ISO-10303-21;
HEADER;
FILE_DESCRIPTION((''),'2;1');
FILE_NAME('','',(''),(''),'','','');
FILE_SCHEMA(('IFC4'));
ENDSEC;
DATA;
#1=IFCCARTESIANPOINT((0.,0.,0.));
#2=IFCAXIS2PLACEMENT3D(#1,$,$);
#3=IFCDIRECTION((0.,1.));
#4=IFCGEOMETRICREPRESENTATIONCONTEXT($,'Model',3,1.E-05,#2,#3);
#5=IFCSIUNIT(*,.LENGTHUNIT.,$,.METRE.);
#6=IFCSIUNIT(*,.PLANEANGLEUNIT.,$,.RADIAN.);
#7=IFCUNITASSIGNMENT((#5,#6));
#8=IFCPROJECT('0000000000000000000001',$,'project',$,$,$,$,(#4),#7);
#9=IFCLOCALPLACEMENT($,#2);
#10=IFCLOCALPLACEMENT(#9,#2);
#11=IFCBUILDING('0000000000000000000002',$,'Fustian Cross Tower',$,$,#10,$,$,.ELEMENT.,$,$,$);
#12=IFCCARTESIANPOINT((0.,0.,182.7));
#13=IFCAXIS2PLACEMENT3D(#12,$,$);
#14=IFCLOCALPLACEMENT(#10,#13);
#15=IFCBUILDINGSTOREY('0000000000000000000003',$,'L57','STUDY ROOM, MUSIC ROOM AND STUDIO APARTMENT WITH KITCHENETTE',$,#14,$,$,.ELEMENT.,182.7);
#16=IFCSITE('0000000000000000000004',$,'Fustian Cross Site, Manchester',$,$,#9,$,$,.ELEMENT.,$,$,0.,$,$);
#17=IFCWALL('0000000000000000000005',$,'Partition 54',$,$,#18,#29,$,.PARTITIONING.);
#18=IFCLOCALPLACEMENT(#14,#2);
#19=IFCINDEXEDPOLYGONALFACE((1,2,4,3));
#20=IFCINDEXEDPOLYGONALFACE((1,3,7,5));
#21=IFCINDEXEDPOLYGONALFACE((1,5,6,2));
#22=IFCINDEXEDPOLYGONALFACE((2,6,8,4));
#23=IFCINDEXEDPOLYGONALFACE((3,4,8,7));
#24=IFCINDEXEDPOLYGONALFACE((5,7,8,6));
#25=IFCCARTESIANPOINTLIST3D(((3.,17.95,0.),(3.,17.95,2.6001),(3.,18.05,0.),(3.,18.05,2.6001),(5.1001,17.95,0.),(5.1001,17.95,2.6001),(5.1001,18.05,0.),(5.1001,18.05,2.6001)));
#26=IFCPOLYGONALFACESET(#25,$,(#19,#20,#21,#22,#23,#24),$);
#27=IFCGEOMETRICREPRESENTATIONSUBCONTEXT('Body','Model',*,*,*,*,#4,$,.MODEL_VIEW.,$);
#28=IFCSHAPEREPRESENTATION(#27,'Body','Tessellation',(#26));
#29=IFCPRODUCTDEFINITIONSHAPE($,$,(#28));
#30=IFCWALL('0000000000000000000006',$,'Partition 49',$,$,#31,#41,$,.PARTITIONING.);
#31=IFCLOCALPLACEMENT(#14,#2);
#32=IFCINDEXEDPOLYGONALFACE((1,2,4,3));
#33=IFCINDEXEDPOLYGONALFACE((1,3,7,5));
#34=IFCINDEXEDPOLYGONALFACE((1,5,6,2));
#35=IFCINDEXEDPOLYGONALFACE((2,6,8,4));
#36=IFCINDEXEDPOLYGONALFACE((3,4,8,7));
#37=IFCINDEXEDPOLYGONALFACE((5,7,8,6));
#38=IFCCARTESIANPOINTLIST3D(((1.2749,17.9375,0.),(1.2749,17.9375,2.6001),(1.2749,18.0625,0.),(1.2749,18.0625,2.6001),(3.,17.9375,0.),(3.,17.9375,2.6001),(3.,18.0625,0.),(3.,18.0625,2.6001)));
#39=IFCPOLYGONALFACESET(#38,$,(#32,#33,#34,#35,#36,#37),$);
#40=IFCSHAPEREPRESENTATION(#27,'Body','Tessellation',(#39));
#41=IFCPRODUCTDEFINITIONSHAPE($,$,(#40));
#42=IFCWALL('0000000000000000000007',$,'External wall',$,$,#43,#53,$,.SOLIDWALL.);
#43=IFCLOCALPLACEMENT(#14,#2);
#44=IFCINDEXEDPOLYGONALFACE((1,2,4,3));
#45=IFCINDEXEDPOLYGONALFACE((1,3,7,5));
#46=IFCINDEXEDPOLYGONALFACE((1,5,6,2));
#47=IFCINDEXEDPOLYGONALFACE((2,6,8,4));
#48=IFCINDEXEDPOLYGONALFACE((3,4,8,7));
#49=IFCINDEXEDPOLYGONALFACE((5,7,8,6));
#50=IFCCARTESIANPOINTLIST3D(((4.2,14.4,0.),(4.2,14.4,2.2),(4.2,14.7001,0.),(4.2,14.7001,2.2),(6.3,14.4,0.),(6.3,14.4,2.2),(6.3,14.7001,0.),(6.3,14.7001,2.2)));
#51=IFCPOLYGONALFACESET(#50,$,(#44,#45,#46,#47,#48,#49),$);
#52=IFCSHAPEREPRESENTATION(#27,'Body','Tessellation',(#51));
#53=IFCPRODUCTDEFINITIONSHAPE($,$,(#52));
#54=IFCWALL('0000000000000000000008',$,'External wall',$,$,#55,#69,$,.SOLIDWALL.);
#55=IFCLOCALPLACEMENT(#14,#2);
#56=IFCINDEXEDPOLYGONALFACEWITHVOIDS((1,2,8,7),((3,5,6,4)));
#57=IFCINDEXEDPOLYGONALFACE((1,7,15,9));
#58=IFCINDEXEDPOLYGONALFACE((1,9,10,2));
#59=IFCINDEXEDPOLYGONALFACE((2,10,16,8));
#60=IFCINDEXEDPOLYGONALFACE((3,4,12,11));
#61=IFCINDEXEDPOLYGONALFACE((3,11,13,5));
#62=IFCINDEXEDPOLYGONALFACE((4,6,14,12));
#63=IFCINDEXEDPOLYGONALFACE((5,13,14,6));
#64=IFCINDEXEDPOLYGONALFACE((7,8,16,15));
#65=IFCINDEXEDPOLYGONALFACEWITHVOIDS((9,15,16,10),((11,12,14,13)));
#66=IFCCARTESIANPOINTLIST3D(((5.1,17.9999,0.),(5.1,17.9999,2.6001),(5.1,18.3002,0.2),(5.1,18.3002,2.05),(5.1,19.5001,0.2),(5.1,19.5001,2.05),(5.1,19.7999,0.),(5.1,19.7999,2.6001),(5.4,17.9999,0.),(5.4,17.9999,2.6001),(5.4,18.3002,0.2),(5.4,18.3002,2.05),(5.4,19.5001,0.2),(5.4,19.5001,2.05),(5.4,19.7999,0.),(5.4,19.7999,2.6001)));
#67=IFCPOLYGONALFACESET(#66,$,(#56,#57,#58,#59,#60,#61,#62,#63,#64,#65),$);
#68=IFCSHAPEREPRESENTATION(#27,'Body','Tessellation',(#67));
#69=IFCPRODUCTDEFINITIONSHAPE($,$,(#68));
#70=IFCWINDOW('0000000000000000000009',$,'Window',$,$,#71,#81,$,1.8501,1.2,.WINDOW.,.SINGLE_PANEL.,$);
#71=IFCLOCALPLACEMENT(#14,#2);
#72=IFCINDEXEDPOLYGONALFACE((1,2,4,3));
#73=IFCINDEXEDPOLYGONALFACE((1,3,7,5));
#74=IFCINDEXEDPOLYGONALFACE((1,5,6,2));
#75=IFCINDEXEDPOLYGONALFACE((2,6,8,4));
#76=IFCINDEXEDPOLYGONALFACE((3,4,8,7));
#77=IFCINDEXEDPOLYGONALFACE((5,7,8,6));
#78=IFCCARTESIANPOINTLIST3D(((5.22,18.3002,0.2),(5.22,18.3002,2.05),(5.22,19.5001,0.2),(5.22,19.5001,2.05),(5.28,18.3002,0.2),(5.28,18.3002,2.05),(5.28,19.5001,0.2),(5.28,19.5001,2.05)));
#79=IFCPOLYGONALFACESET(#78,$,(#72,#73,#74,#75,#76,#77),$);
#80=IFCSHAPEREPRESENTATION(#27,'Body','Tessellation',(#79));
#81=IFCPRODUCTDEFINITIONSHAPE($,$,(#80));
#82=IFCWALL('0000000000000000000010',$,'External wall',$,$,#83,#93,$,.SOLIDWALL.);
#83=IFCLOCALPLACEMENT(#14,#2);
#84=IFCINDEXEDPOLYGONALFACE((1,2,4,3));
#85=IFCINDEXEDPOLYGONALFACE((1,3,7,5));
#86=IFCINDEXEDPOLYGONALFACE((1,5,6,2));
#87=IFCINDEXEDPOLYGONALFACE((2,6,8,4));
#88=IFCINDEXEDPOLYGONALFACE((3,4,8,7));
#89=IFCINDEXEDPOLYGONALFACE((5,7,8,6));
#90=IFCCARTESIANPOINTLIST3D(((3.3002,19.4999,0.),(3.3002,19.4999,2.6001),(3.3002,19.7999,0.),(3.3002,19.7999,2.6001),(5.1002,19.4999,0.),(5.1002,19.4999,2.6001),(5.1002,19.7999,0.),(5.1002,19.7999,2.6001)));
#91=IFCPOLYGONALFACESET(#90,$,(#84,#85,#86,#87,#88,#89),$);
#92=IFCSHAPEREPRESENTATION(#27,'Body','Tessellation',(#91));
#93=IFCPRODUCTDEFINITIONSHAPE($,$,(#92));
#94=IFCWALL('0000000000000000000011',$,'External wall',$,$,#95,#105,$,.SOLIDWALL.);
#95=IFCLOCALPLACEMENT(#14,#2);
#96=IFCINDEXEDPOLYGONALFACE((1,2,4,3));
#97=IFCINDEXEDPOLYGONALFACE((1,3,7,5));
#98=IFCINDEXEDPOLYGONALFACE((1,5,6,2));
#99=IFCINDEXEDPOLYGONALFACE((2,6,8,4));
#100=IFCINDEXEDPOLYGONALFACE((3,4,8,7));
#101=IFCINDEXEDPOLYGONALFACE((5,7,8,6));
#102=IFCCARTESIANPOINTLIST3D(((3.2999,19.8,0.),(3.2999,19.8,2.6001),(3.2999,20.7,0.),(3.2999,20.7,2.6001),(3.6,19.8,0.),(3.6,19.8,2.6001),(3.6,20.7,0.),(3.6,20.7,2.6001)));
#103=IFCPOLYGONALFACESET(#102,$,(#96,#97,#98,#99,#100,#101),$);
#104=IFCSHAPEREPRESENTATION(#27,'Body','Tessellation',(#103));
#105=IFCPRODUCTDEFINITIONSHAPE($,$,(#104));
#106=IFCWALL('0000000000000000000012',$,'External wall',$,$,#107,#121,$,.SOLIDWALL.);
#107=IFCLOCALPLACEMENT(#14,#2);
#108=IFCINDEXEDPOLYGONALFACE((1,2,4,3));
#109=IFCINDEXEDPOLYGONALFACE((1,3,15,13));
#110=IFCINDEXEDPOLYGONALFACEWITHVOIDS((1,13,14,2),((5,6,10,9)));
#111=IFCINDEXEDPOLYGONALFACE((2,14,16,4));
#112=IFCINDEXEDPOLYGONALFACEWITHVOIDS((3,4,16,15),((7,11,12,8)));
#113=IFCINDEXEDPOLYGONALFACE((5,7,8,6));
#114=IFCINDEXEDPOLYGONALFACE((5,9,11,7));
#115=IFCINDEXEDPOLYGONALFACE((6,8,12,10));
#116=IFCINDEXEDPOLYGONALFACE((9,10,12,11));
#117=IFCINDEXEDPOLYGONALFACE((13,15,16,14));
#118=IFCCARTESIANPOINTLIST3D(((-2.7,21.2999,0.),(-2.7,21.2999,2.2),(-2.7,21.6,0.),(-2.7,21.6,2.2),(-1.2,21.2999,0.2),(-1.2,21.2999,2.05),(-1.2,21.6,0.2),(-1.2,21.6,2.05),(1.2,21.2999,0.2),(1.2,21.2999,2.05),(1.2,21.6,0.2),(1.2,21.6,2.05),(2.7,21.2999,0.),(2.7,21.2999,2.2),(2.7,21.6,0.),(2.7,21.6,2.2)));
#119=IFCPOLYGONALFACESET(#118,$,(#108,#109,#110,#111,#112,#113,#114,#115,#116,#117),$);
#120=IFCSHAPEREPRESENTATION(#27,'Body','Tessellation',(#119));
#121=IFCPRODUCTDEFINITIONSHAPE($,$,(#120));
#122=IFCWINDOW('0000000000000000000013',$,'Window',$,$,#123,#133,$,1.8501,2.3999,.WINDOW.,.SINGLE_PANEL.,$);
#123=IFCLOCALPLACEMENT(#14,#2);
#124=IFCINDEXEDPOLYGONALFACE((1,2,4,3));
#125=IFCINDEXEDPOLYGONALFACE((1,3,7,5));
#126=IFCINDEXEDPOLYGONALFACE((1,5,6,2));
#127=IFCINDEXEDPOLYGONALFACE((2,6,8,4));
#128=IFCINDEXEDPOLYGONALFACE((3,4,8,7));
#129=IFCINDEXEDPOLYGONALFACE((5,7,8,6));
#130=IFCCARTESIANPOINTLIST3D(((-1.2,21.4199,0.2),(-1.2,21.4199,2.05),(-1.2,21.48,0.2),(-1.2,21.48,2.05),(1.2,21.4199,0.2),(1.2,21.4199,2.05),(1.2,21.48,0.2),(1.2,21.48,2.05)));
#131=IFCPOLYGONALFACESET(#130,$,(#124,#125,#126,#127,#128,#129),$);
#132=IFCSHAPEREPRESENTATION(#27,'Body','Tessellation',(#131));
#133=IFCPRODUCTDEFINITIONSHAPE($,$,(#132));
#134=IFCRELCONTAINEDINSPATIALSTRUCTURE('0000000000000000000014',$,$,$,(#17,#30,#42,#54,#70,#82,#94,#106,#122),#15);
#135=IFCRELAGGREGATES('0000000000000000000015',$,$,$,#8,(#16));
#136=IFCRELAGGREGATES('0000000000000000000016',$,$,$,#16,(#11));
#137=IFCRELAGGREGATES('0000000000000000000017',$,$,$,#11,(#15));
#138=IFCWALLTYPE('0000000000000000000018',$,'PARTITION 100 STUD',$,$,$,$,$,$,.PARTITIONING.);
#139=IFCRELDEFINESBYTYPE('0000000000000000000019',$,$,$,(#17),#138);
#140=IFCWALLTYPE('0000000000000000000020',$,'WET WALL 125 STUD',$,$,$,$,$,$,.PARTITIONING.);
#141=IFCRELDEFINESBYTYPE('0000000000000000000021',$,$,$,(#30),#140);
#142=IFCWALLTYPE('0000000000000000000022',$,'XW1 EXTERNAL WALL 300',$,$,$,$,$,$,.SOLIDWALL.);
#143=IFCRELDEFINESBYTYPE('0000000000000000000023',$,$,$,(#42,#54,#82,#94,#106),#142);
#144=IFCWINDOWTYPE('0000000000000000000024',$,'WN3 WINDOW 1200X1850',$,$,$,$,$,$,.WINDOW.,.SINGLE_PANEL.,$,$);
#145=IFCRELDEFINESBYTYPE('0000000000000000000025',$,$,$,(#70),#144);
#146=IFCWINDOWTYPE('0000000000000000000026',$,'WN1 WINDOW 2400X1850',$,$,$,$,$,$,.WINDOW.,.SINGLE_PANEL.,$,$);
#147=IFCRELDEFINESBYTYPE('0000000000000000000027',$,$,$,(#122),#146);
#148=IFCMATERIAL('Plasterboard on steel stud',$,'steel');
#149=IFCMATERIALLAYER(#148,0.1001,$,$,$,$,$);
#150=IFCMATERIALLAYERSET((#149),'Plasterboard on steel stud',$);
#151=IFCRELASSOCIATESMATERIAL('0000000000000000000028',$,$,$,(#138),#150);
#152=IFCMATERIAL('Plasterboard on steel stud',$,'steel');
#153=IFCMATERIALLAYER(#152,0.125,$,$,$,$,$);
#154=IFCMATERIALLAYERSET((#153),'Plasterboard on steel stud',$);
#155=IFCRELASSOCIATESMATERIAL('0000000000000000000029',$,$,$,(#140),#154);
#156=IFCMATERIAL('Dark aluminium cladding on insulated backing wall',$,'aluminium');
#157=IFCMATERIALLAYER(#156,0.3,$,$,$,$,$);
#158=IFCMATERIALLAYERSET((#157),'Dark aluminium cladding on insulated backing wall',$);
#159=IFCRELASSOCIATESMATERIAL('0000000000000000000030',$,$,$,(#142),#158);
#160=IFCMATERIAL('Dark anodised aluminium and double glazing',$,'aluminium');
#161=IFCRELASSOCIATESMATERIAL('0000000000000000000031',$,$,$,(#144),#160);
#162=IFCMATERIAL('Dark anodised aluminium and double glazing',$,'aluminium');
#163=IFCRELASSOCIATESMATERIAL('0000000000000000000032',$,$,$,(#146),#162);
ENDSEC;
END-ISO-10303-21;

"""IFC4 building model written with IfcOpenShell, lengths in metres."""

from ifc_helpers import new_model, si_unit, direction, frame, frame_2d, origin, place, context, subcontext, project, spatial, rectangle, extrude, material, layer, layer_set, type_object, element, fill, save


model = new_model("IFC4")

# Units and contexts
model_context = context("Model", 3, precision=1e-05, world=origin(), true_north=direction((0.0, 1.0)))
body_context = subcontext(model_context, "Body", "Model", "MODEL_VIEW")
ifc_project = project(units=[si_unit("LENGTHUNIT", "METRE"), si_unit("PLANEANGLEUNIT", "RADIAN")], contexts=[model_context])

# Site, building, storey
site_placement = place(None, origin())
site = spatial("IfcSite", under=ifc_project, at=site_placement, Name="Fustian Cross Site, Manchester", CompositionType="ELEMENT", RefElevation=0.0)
building_placement = place(site_placement, origin())
building = spatial("IfcBuilding", under=site, at=building_placement, Name="Fustian Cross Tower", CompositionType="ELEMENT")
storey_placement = place(building_placement, frame((0.0, 0.0, 182.7)))
storey = spatial("IfcBuildingStorey", under=building, at=storey_placement, Name="L57", Description="STUDY ROOM, MUSIC ROOM AND STUDIO APARTMENT WITH KITCHENETTE", CompositionType="ELEMENT", Elevation=182.7)

# Shared definitions
ifc_material_1 = material(Name="Plasterboard on steel stud", Category="steel")
ifc_layer_1 = layer(ifc_material_1, 0.1001)
ifc_layer_set_1 = layer_set([ifc_layer_1], Name="Plasterboard on steel stud")
wall_type_1 = type_object("IfcWallType", Name="PARTITION 100 STUD", PredefinedType="PARTITIONING", material=ifc_layer_set_1)

# Walls
wall_1_placement = place(storey_placement, frame((3.0, 18.0, 0.0), z_axis=(0.0, 0.0, 1.0), x_axis=(1.0, 0.0, 0.0)))
element("IfcWall", 1, at=wall_1_placement, inside=storey, type_object=wall_type_1, Name="Partition 54", PredefinedType="PARTITIONING", context=body_context, shape_type="SweptSolid", body=[
    extrude(rectangle(XDim=2.1001, YDim=0.1001, at=frame_2d((1.05, 0.0))), origin(), (0.0, 0.0, 1.0), 2.6001),
])
ifc_material_2 = material(Name="Plasterboard on steel stud", Category="steel")
ifc_layer_2 = layer(ifc_material_2, 0.125)
ifc_layer_set_2 = layer_set([ifc_layer_2], Name="Plasterboard on steel stud")
wall_type_2 = type_object("IfcWallType", Name="WET WALL 125 STUD", PredefinedType="PARTITIONING", material=ifc_layer_set_2)
wall_2_placement = place(storey_placement, frame((1.2749, 18.0, 0.0), z_axis=(0.0, 0.0, 1.0), x_axis=(1.0, 0.0, 0.0)))
element("IfcWall", 2, at=wall_2_placement, inside=storey, type_object=wall_type_2, Name="Partition 49", PredefinedType="PARTITIONING", context=body_context, shape_type="SweptSolid", body=[
    extrude(rectangle(XDim=1.7251, YDim=0.125, at=frame_2d((0.8625, 0.0))), origin(), (0.0, 0.0, 1.0), 2.6001),
])
ifc_material_3 = material(Name="Dark aluminium cladding on insulated backing wall", Category="aluminium")
ifc_layer_3 = layer(ifc_material_3, 0.3)
ifc_layer_set_3 = layer_set([ifc_layer_3], Name="Dark aluminium cladding on insulated backing wall")
wall_type_3 = type_object("IfcWallType", Name="XW1 EXTERNAL WALL 300", PredefinedType="SOLIDWALL", material=ifc_layer_set_3)
wall_3_placement = place(storey_placement, frame((4.2, 14.55, 0.0), z_axis=(0.0, 0.0, 1.0), x_axis=(1.0, 0.0, 0.0)))
element("IfcWall", 3, at=wall_3_placement, inside=storey, type_object=wall_type_3, Name="External wall", PredefinedType="SOLIDWALL", context=body_context, shape_type="SweptSolid", body=[
    extrude(rectangle(XDim=2.1001, YDim=0.3, at=frame_2d((1.05, 0.0))), origin(), (0.0, 0.0, 1.0), 2.2),
])

# Wall, opening, window
wall_4_placement = place(storey_placement, frame((5.25, 18.0, 0.0), z_axis=(0.0, 0.0, 1.0), x_axis=(0.0, 1.0, 0.0)))
wall_4 = element("IfcWall", 4, at=wall_4_placement, inside=storey, type_object=wall_type_3, Name="External wall", PredefinedType="SOLIDWALL", context=body_context, shape_type="SweptSolid", body=[
    extrude(rectangle(XDim=1.8, YDim=0.3, at=frame_2d((0.8999, 0.0))), origin(), (0.0, 0.0, 1.0), 2.6001),
])
opening_1_placement = place(wall_4_placement, frame((0.3, 0.0, 0.2)))
opening_1 = element("IfcOpeningElement", 5, at=opening_1_placement, cuts=wall_4, PredefinedType="OPENING", context=body_context, shape_type="SweptSolid", body=[
    extrude(rectangle(XDim=1.2, YDim=1.8501, at=frame_2d((0.6001, 0.925))), frame((0.0, 0.1599, 0.0), z_axis=(0.0, -1.0, 0.0), x_axis=(1.0, 0.0, 0.0)), (0.0, 0.0, 1.0), 0.3201),
])
ifc_material_4 = material(Name="Dark anodised aluminium and double glazing", Category="aluminium")
window_type_1 = type_object("IfcWindowType", Name="WN3 WINDOW 1200X1850", PartitioningType="SINGLE_PANEL", PredefinedType="WINDOW", material=ifc_material_4)
window_1_placement = place(opening_1_placement, origin())
window_1 = element("IfcWindow", 6, at=window_1_placement, inside=storey, type_object=window_type_1, Name="Window", OverallHeight=1.8501, OverallWidth=1.2, PartitioningType="SINGLE_PANEL", PredefinedType="WINDOW", context=body_context, shape_type="SweptSolid", body=[
    extrude(rectangle(XDim=1.2, YDim=1.8501, at=frame_2d((0.6001, 0.925))), frame((0.0, 0.03, 0.0), z_axis=(0.0, -1.0, 0.0), x_axis=(1.0, 0.0, 0.0)), (0.0, 0.0, 1.0), 0.0601),
])
fill(opening_1, window_1)

# Walls
wall_5_placement = place(storey_placement, frame((5.1001, 19.6499, 0.0), z_axis=(0.0, 0.0, 1.0), x_axis=(-1.0, 0.0, 0.0)))
element("IfcWall", 7, at=wall_5_placement, inside=storey, type_object=wall_type_3, Name="External wall", PredefinedType="SOLIDWALL", context=body_context, shape_type="SweptSolid", body=[
    extrude(rectangle(XDim=1.8, YDim=0.3, at=frame_2d((0.8999, 0.0))), origin(), (0.0, 0.0, 1.0), 2.6001),
])
wall_6_placement = place(storey_placement, frame((3.45, 19.8, 0.0), z_axis=(0.0, 0.0, 1.0), x_axis=(0.0, 1.0, 0.0)))
element("IfcWall", 8, at=wall_6_placement, inside=storey, type_object=wall_type_3, Name="External wall", PredefinedType="SOLIDWALL", context=body_context, shape_type="SweptSolid", body=[
    extrude(rectangle(XDim=0.8999, YDim=0.3, at=frame_2d((0.45, 0.0))), origin(), (0.0, 0.0, 1.0), 2.6001),
])

# Wall, opening, window
wall_7_placement = place(storey_placement, frame((2.7, 21.45, 0.0), z_axis=(0.0, 0.0, 1.0), x_axis=(-1.0, 0.0, 0.0)))
wall_7 = element("IfcWall", 9, at=wall_7_placement, inside=storey, type_object=wall_type_3, Name="External wall", PredefinedType="SOLIDWALL", context=body_context, shape_type="SweptSolid", body=[
    extrude(rectangle(XDim=5.3999, YDim=0.3, at=frame_2d((2.7, 0.0))), origin(), (0.0, 0.0, 1.0), 2.2),
])
opening_2_placement = place(wall_7_placement, frame((1.5, 0.0, 0.2)))
opening_2 = element("IfcOpeningElement", 10, at=opening_2_placement, cuts=wall_7, PredefinedType="OPENING", context=body_context, shape_type="SweptSolid", body=[
    extrude(rectangle(XDim=2.3999, YDim=1.8501, at=frame_2d((1.2, 0.925))), frame((0.0, 0.1599, 0.0), z_axis=(0.0, -1.0, 0.0), x_axis=(1.0, 0.0, 0.0)), (0.0, 0.0, 1.0), 0.3201),
])
ifc_material_5 = material(Name="Dark anodised aluminium and double glazing", Category="aluminium")
window_type_2 = type_object("IfcWindowType", Name="WN1 WINDOW 2400X1850", PartitioningType="SINGLE_PANEL", PredefinedType="WINDOW", material=ifc_material_5)
window_2_placement = place(opening_2_placement, origin())
window_2 = element("IfcWindow", 11, at=window_2_placement, inside=storey, type_object=window_type_2, Name="Window", OverallHeight=1.8501, OverallWidth=2.3999, PartitioningType="SINGLE_PANEL", PredefinedType="WINDOW", context=body_context, shape_type="SweptSolid", body=[
    extrude(rectangle(XDim=2.3999, YDim=1.8501, at=frame_2d((1.2, 0.925))), frame((0.0, 0.03, 0.0), z_axis=(0.0, -1.0, 0.0), x_axis=(1.0, 0.0, 0.0)), (0.0, 0.0, 1.0), 0.0601),
])
fill(opening_2, window_2)

save(model, "model.ifc")
